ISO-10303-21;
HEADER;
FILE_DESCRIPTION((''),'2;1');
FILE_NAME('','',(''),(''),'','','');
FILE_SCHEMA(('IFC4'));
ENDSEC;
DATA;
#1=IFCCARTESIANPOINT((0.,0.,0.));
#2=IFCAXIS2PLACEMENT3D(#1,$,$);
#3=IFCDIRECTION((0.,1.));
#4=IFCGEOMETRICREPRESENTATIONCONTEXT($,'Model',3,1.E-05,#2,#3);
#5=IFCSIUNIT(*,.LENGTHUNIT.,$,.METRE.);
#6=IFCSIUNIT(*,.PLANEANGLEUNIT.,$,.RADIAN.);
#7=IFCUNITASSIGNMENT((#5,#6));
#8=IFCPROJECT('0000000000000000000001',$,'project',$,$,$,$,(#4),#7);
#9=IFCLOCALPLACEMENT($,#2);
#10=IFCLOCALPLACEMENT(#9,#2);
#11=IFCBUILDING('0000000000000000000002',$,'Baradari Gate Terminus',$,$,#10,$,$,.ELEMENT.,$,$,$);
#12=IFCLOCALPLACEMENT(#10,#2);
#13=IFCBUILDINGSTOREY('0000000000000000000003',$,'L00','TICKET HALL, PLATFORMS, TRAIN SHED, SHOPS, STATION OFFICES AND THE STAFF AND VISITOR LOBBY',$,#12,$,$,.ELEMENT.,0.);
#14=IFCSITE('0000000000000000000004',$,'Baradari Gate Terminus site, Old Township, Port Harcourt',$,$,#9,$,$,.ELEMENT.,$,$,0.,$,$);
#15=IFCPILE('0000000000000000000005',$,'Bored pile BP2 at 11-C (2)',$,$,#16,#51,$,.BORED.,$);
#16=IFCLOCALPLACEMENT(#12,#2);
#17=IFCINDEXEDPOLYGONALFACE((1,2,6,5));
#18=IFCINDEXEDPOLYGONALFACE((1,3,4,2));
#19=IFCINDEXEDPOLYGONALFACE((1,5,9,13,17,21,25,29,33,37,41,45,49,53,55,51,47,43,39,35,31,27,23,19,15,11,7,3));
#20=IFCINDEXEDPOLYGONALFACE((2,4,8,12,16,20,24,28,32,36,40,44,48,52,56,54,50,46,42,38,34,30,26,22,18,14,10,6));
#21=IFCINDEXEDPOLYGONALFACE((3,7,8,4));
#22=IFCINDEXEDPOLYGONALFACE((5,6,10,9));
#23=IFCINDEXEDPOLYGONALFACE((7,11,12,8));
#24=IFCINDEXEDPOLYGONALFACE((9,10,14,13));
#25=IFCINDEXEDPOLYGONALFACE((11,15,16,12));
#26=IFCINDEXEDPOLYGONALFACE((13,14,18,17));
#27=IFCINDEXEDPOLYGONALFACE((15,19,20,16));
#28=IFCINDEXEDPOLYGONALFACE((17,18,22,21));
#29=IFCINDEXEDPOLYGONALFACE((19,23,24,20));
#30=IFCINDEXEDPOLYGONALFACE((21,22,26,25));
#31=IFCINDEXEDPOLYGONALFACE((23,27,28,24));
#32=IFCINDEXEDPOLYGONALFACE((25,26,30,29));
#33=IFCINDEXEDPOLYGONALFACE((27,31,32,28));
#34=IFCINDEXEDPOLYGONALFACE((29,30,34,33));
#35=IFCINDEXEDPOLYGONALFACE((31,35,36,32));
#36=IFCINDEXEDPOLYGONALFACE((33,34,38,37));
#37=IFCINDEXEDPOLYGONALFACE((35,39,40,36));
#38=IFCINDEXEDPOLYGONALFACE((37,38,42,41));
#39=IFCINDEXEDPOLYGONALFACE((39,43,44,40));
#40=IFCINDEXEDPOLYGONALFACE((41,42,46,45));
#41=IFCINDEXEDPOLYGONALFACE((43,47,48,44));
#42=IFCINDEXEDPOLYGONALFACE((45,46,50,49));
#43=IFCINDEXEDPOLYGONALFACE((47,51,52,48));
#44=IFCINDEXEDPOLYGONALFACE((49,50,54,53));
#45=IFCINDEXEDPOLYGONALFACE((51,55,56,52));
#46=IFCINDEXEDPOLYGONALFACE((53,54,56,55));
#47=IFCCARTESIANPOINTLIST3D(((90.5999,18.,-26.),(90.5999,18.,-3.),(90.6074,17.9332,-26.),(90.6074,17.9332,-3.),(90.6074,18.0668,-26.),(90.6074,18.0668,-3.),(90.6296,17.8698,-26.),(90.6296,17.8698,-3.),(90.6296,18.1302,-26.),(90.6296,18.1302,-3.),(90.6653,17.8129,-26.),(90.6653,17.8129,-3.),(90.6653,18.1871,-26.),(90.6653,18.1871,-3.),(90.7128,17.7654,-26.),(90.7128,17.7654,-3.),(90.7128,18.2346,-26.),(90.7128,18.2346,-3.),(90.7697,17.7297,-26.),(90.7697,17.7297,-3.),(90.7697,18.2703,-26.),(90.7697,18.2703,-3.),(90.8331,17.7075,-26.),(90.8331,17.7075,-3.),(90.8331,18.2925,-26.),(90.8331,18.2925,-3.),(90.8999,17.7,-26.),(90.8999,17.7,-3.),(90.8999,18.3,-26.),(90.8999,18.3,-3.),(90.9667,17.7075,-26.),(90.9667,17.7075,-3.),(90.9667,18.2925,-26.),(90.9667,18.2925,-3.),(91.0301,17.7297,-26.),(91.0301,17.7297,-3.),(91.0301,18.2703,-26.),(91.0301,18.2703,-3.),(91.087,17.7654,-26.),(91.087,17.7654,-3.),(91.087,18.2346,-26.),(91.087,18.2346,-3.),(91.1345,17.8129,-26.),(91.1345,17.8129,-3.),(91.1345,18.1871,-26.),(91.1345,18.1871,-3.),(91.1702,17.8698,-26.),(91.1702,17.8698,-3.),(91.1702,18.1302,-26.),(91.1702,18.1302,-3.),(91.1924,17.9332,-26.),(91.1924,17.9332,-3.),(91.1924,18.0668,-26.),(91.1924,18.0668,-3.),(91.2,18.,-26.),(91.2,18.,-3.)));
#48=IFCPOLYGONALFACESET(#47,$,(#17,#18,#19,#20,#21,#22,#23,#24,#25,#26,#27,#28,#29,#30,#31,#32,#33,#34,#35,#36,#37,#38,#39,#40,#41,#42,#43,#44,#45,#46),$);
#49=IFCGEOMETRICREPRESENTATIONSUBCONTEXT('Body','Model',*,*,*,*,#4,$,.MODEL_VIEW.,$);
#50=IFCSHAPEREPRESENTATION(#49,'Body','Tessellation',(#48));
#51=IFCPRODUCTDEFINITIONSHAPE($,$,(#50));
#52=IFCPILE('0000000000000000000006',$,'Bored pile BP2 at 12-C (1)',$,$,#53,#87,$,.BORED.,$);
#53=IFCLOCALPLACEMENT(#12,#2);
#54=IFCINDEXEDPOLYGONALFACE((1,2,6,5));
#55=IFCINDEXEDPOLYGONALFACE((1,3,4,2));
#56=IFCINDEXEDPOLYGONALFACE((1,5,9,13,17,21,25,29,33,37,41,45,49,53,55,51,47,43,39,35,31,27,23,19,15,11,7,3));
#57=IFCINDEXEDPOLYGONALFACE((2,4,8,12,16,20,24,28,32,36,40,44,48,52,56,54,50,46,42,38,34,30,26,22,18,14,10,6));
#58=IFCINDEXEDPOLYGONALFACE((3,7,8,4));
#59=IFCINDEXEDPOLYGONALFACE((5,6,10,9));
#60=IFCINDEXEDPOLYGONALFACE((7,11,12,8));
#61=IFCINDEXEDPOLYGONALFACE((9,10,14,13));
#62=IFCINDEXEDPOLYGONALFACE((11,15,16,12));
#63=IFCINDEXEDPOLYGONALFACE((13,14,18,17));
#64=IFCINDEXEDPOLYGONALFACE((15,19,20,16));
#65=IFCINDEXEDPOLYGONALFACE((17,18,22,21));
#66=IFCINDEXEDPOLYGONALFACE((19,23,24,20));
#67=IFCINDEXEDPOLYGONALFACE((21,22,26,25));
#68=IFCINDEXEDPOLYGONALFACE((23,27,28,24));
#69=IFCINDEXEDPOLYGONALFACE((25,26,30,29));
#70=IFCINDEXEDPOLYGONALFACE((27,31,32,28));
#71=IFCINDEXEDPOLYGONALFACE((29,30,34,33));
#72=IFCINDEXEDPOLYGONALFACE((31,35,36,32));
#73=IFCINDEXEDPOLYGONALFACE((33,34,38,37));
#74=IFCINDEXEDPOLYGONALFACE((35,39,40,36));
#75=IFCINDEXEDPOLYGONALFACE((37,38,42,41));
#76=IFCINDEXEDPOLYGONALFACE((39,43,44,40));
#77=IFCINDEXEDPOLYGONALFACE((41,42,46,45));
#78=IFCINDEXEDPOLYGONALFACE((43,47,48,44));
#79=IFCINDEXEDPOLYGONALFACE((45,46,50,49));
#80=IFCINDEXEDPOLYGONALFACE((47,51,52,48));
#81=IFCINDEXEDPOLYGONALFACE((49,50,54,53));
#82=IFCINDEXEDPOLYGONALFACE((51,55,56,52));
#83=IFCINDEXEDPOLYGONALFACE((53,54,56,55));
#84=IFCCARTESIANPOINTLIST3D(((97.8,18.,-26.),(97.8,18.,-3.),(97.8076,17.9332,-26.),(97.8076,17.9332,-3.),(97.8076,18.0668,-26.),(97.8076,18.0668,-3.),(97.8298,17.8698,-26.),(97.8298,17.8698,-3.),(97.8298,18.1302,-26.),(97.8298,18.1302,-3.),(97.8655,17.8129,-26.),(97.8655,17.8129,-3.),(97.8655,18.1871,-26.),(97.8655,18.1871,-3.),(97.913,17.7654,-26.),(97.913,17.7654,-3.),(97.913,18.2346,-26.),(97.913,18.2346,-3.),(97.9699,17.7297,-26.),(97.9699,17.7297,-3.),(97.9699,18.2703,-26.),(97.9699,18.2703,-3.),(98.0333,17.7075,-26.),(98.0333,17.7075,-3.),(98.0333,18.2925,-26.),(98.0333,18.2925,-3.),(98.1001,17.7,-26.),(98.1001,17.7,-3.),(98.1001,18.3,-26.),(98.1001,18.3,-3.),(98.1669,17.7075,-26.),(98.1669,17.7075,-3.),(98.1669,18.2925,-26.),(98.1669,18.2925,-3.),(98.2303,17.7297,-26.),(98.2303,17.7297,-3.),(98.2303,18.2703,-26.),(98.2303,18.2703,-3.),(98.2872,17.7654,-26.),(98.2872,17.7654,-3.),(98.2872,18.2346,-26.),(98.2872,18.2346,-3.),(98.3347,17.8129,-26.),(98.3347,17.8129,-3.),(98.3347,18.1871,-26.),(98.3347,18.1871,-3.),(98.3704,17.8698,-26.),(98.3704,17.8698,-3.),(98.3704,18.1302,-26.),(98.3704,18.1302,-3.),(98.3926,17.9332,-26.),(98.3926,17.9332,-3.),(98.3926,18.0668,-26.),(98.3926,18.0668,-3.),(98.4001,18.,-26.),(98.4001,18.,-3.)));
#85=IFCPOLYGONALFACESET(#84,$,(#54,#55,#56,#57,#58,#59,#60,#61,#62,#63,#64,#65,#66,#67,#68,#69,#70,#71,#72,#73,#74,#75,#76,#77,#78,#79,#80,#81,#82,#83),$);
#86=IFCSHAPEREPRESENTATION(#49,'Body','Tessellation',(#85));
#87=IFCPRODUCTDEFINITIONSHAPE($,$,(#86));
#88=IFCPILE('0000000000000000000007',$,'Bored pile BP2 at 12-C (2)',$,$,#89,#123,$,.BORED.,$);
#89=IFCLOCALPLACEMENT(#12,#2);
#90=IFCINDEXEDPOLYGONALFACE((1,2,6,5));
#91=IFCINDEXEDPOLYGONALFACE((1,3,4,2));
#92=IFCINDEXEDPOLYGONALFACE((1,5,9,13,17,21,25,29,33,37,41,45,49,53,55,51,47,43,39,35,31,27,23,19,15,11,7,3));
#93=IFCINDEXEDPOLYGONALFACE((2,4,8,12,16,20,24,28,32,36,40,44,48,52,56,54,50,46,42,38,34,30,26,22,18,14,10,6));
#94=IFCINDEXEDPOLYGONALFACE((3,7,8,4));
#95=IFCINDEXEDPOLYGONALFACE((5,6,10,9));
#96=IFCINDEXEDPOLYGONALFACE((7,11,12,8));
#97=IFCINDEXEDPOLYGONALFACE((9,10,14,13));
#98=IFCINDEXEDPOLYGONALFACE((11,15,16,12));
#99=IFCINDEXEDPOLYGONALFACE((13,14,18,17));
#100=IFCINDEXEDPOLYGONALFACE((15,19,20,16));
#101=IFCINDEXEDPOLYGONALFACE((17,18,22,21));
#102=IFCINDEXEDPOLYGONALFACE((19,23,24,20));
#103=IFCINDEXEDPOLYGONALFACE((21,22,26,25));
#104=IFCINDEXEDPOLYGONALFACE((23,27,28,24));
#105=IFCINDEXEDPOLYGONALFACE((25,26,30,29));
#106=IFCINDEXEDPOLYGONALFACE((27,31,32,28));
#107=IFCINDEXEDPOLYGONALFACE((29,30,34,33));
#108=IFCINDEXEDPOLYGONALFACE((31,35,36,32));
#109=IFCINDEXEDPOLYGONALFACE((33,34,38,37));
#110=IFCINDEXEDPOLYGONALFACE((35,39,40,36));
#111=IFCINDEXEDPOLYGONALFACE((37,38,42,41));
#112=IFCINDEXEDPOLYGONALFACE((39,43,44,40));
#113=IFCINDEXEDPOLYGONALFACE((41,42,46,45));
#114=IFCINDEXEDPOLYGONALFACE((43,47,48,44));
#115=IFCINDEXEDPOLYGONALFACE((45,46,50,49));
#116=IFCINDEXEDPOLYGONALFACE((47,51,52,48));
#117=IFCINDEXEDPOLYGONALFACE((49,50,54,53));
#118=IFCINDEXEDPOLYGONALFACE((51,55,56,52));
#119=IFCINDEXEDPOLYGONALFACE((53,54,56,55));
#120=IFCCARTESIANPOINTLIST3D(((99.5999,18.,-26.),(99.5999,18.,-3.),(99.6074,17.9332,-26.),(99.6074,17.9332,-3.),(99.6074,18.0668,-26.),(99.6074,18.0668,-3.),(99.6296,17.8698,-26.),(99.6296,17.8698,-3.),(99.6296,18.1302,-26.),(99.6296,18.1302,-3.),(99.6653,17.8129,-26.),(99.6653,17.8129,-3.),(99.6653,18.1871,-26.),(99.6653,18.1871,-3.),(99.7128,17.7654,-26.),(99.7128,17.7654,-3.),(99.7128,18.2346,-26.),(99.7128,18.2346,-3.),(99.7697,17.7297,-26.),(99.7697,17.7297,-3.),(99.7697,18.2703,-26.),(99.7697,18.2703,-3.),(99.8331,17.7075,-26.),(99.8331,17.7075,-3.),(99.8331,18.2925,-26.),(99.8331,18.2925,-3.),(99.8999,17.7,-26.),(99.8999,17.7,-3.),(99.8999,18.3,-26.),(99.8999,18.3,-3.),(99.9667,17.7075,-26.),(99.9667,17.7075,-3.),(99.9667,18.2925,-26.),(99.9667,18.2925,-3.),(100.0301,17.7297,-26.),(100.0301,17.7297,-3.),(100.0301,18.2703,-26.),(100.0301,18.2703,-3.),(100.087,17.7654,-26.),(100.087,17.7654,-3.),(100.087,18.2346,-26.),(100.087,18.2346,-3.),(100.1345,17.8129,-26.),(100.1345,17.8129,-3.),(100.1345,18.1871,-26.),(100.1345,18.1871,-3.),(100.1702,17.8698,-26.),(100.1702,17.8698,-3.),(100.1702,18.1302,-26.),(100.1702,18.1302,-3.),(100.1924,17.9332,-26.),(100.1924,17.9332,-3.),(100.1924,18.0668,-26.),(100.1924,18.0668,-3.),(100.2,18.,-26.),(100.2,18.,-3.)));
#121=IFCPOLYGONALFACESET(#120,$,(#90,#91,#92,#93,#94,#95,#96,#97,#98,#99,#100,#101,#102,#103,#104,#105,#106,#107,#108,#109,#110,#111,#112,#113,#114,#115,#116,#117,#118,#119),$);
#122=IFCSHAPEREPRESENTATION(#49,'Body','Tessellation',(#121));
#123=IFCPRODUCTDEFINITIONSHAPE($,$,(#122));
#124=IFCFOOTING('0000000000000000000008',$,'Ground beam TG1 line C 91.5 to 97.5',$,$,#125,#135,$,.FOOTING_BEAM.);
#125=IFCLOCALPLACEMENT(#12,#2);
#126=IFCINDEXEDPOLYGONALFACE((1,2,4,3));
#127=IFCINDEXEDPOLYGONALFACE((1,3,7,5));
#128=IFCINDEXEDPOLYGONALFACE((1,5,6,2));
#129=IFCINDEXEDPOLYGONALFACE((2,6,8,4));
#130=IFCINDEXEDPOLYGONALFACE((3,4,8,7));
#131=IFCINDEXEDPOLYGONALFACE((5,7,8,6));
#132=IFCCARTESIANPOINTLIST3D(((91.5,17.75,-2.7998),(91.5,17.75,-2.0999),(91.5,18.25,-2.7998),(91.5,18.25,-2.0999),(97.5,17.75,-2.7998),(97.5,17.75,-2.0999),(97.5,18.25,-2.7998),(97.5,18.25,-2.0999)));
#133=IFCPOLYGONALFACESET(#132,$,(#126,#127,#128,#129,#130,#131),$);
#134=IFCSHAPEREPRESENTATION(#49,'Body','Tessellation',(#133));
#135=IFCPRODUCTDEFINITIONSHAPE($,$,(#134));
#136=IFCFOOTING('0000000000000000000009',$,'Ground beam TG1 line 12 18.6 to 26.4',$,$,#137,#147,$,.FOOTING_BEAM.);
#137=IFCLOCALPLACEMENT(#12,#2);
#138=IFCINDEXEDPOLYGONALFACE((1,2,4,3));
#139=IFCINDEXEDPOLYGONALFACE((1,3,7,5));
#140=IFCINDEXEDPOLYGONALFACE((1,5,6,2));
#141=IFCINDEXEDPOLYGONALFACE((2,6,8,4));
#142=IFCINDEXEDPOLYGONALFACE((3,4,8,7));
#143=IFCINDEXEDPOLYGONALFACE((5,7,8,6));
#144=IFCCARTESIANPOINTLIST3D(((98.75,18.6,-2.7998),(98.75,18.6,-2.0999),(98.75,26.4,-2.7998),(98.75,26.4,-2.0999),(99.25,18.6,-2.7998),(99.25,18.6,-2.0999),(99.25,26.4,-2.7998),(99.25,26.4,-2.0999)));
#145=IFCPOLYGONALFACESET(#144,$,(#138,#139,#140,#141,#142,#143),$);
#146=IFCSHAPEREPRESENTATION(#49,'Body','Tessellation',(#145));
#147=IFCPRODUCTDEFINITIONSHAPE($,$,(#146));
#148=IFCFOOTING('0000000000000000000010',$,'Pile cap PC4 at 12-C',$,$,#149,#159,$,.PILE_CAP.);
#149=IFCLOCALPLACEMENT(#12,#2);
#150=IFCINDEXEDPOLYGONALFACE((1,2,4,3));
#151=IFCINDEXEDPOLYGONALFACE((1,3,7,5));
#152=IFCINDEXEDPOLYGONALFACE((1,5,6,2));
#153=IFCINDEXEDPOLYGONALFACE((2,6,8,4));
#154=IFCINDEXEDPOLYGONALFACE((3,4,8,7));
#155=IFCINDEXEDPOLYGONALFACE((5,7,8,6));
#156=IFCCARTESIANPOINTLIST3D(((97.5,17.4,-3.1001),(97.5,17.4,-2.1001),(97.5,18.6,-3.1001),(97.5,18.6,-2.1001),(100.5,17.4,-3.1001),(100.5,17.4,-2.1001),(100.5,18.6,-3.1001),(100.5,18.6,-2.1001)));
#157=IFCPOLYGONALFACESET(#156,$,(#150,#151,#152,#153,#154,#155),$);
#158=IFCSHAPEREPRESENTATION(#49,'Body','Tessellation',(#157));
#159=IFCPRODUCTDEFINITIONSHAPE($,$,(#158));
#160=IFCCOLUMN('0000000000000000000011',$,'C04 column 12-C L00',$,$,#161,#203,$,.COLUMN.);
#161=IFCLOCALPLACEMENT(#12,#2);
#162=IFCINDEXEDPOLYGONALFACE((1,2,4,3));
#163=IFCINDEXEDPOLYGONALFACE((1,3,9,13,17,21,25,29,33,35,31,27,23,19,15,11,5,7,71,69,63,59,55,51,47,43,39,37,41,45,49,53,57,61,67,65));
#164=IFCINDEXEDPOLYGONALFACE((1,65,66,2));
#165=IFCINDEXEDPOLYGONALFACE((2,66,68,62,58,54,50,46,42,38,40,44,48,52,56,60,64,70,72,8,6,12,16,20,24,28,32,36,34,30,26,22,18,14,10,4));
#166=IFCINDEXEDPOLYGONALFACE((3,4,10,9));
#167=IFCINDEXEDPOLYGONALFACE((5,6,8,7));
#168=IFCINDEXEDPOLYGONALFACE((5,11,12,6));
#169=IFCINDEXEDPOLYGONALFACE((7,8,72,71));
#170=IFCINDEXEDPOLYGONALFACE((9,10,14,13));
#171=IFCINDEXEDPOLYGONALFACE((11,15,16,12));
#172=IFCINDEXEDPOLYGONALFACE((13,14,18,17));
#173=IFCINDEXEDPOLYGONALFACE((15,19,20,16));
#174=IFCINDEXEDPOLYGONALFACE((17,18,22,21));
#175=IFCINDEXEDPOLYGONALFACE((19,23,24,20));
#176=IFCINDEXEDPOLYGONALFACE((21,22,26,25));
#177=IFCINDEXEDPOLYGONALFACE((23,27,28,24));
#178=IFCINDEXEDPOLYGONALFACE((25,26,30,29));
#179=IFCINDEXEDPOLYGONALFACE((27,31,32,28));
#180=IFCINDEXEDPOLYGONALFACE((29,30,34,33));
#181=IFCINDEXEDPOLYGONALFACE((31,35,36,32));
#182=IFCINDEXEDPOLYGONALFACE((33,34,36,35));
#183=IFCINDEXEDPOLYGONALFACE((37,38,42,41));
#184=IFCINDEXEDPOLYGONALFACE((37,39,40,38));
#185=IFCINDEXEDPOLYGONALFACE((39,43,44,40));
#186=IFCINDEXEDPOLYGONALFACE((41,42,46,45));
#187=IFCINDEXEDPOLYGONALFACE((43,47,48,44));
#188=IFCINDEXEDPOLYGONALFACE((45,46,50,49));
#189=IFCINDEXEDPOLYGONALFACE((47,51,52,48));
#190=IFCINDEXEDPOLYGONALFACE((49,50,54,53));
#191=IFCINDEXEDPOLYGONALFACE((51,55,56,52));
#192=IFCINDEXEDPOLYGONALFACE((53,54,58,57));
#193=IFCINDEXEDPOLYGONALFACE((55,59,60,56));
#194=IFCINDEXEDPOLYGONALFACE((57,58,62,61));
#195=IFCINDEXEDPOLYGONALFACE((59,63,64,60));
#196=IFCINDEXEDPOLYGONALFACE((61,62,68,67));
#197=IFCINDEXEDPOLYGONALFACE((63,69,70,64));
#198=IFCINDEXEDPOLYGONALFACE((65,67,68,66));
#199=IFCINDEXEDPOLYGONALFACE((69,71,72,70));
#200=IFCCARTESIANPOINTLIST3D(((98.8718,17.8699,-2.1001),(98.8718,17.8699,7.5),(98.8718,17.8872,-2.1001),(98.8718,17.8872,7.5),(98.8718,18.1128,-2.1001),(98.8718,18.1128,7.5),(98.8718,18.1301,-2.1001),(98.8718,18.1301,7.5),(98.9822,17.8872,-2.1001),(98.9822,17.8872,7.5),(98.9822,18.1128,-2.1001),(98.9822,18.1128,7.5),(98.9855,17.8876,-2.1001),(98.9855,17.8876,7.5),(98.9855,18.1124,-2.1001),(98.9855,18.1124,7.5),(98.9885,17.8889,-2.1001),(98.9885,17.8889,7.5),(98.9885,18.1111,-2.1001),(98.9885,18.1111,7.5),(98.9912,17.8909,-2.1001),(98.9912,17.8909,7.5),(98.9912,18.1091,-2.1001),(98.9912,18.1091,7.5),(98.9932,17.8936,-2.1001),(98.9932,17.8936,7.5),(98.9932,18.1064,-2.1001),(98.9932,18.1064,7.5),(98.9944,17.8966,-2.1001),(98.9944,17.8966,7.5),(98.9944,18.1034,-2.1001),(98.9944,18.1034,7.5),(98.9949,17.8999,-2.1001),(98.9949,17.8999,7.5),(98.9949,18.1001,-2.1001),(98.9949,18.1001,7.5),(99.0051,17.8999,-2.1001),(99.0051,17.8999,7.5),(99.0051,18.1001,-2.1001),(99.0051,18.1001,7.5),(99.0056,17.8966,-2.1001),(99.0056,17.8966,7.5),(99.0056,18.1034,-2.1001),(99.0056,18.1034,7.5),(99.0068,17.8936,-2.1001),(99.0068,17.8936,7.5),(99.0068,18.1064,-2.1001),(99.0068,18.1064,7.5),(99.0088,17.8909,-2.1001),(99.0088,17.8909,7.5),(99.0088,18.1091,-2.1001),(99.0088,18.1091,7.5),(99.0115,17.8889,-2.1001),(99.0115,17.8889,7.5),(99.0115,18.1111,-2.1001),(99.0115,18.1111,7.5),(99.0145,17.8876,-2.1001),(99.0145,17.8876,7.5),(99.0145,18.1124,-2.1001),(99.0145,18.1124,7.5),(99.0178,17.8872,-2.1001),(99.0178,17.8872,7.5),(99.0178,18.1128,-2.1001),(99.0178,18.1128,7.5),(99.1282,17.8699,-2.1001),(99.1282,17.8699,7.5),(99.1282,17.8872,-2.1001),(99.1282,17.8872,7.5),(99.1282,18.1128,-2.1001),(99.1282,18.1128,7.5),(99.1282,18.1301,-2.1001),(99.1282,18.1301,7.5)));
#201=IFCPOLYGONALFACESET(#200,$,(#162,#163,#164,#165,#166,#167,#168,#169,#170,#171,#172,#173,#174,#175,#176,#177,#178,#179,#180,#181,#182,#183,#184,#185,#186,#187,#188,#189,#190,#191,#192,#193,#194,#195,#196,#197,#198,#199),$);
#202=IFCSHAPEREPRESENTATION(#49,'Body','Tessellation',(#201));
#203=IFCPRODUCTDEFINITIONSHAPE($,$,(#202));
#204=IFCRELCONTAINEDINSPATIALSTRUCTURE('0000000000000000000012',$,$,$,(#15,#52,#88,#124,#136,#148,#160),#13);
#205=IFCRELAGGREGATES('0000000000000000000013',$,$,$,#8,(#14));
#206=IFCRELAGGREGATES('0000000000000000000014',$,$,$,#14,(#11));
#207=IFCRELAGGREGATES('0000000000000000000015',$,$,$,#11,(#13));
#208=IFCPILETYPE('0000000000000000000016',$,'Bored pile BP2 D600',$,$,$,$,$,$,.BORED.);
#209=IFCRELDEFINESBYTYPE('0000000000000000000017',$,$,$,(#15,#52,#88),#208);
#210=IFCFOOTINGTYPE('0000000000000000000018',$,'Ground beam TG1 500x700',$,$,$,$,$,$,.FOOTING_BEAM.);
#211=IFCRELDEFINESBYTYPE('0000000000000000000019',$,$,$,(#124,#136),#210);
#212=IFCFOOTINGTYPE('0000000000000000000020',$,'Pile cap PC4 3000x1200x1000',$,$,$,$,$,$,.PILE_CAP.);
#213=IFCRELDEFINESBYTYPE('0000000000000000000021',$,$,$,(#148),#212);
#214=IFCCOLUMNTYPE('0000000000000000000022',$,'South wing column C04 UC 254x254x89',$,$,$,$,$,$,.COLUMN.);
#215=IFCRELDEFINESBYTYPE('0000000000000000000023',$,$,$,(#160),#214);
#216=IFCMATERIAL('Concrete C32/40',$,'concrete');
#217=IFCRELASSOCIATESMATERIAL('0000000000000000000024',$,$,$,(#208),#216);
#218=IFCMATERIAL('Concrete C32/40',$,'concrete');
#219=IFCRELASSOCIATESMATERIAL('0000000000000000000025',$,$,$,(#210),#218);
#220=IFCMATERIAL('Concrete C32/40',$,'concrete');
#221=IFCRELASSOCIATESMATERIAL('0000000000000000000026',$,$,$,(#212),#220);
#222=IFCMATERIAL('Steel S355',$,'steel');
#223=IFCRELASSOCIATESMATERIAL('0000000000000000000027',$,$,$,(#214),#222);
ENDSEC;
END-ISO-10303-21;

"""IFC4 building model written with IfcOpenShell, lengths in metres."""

from ifc_helpers import new_model, si_unit, direction, frame, origin, origin_2d, place, context, subcontext, project, spatial, rectangle, circle, i_section, extrude, material, material_profile, profile_set, type_object, element, save


model = new_model("IFC4")

# Units and contexts
model_context = context("Model", 3, precision=1e-05, world=origin(), true_north=direction((0.0, 1.0)))
body_context = subcontext(model_context, "Body", "Model", "MODEL_VIEW")
ifc_project = project(units=[si_unit("LENGTHUNIT", "METRE"), si_unit("PLANEANGLEUNIT", "RADIAN")], contexts=[model_context])

# Site, building, storey
site_placement = place(None, origin())
site = spatial("IfcSite", under=ifc_project, at=site_placement, Name="Baradari Gate Terminus site, Old Township, Port Harcourt", CompositionType="ELEMENT", RefElevation=0.0)
building_placement = place(site_placement, origin())
building = spatial("IfcBuilding", under=site, at=building_placement, Name="Baradari Gate Terminus", CompositionType="ELEMENT")
storey_placement = place(building_placement, origin())
storey = spatial("IfcBuildingStorey", under=building, at=storey_placement, Name="L00", Description="TICKET HALL, PLATFORMS, TRAIN SHED, SHOPS, STATION OFFICES AND THE STAFF AND VISITOR LOBBY", CompositionType="ELEMENT", Elevation=0.0)

# Piles
ifc_material_1 = material(Name="Concrete C32/40", Category="concrete")
pile_type = type_object("IfcPileType", Name="Bored pile BP2 D600", PredefinedType="BORED", material=ifc_material_1)
for number, where, z_axis, x_axis, name in (
    (1, (90.8999, 18.0, -3.0), (0.0, 0.0, -1.0), (1.0, 0.0, 0.0), "Bored pile BP2 at 11-C (2)"),
    (2, (98.1001, 18.0, -3.0), (0.0, 0.0, -1.0), (1.0, 0.0, 0.0), "Bored pile BP2 at 12-C (1)"),
    (3, (99.8999, 18.0, -3.0), (0.0, 0.0, -1.0), (1.0, 0.0, 0.0), "Bored pile BP2 at 12-C (2)"),
):
    element("IfcPile", number, at=place(storey_placement, frame(where, z_axis=z_axis, x_axis=x_axis)), inside=storey, type_object=pile_type, Name=name, PredefinedType="BORED", context=body_context, shape_type="SweptSolid", body=[
        extrude(circle(Radius=0.3, at=origin_2d()), origin(), (0.0, 0.0, 1.0), 23.0),
    ])

# Footings
ifc_material_2 = material(Name="Concrete C32/40", Category="concrete")
footing_type_1 = type_object("IfcFootingType", Name="Ground beam TG1 500x700", PredefinedType="FOOTING_BEAM", material=ifc_material_2)
footing_1_placement = place(storey_placement, frame((94.5, 18.0, -2.7998), z_axis=(0.0, 0.0, 1.0), x_axis=(1.0, 0.0, 0.0)))
element("IfcFooting", 4, at=footing_1_placement, inside=storey, type_object=footing_type_1, Name="Ground beam TG1 line C 91.5 to 97.5", PredefinedType="FOOTING_BEAM", context=body_context, shape_type="SweptSolid", body=[
    extrude(rectangle(XDim=6.0, YDim=0.5, at=origin_2d()), origin(), (0.0, 0.0, 1.0), 0.7),
])
footing_2_placement = place(storey_placement, frame((99.0, 22.5, -2.7998), z_axis=(0.0, 0.0, 1.0), x_axis=(1.0, 0.0, 0.0)))
element("IfcFooting", 5, at=footing_2_placement, inside=storey, type_object=footing_type_1, Name="Ground beam TG1 line 12 18.6 to 26.4", PredefinedType="FOOTING_BEAM", context=body_context, shape_type="SweptSolid", body=[
    extrude(rectangle(XDim=0.5, YDim=7.8, at=origin_2d()), origin(), (0.0, 0.0, 1.0), 0.7),
])
ifc_material_3 = material(Name="Concrete C32/40", Category="concrete")
footing_type_2 = type_object("IfcFootingType", Name="Pile cap PC4 3000x1200x1000", PredefinedType="PILE_CAP", material=ifc_material_3)
footing_3_placement = place(storey_placement, frame((99.0, 18.0, -3.1001), z_axis=(0.0, 0.0, 1.0), x_axis=(1.0, 0.0, 0.0)))
element("IfcFooting", 6, at=footing_3_placement, inside=storey, type_object=footing_type_2, Name="Pile cap PC4 at 12-C", PredefinedType="PILE_CAP", context=body_context, shape_type="SweptSolid", body=[
    extrude(rectangle(XDim=3.0, YDim=1.2, at=origin_2d()), origin(), (0.0, 0.0, 1.0), 1.0),
])

# Column
ifc_material_4 = material(Name="Steel S355", Category="steel")
ifc_material_profile = material_profile(ifc_material_4, i_section(OverallWidth=0.2563, OverallDepth=0.2603, WebThickness=0.0103, FlangeThickness=0.0173, FilletRadius=0.0127, at=origin_2d()), Name="UC 254x254x89")
ifc_profile_set = profile_set([ifc_material_profile], Name="Steel S355")
column_type = type_object("IfcColumnType", Name="South wing column C04 UC 254x254x89", PredefinedType="COLUMN", material=ifc_profile_set)
column_placement = place(storey_placement, frame((99.0, 18.0, -2.1001), z_axis=(0.0, 0.0, 1.0), x_axis=(1.0, 0.0, 0.0)))
element("IfcColumn", 7, at=column_placement, inside=storey, type_object=column_type, Name="C04 column 12-C L00", PredefinedType="COLUMN", context=body_context, shape_type="SweptSolid", body=[
    extrude(i_section(OverallWidth=0.2563, OverallDepth=0.2603, WebThickness=0.0103, FlangeThickness=0.0173, FilletRadius=0.0127, at=origin_2d()), origin(), (0.0, 0.0, 1.0), 9.6001),
])

save(model, "model.ifc")
